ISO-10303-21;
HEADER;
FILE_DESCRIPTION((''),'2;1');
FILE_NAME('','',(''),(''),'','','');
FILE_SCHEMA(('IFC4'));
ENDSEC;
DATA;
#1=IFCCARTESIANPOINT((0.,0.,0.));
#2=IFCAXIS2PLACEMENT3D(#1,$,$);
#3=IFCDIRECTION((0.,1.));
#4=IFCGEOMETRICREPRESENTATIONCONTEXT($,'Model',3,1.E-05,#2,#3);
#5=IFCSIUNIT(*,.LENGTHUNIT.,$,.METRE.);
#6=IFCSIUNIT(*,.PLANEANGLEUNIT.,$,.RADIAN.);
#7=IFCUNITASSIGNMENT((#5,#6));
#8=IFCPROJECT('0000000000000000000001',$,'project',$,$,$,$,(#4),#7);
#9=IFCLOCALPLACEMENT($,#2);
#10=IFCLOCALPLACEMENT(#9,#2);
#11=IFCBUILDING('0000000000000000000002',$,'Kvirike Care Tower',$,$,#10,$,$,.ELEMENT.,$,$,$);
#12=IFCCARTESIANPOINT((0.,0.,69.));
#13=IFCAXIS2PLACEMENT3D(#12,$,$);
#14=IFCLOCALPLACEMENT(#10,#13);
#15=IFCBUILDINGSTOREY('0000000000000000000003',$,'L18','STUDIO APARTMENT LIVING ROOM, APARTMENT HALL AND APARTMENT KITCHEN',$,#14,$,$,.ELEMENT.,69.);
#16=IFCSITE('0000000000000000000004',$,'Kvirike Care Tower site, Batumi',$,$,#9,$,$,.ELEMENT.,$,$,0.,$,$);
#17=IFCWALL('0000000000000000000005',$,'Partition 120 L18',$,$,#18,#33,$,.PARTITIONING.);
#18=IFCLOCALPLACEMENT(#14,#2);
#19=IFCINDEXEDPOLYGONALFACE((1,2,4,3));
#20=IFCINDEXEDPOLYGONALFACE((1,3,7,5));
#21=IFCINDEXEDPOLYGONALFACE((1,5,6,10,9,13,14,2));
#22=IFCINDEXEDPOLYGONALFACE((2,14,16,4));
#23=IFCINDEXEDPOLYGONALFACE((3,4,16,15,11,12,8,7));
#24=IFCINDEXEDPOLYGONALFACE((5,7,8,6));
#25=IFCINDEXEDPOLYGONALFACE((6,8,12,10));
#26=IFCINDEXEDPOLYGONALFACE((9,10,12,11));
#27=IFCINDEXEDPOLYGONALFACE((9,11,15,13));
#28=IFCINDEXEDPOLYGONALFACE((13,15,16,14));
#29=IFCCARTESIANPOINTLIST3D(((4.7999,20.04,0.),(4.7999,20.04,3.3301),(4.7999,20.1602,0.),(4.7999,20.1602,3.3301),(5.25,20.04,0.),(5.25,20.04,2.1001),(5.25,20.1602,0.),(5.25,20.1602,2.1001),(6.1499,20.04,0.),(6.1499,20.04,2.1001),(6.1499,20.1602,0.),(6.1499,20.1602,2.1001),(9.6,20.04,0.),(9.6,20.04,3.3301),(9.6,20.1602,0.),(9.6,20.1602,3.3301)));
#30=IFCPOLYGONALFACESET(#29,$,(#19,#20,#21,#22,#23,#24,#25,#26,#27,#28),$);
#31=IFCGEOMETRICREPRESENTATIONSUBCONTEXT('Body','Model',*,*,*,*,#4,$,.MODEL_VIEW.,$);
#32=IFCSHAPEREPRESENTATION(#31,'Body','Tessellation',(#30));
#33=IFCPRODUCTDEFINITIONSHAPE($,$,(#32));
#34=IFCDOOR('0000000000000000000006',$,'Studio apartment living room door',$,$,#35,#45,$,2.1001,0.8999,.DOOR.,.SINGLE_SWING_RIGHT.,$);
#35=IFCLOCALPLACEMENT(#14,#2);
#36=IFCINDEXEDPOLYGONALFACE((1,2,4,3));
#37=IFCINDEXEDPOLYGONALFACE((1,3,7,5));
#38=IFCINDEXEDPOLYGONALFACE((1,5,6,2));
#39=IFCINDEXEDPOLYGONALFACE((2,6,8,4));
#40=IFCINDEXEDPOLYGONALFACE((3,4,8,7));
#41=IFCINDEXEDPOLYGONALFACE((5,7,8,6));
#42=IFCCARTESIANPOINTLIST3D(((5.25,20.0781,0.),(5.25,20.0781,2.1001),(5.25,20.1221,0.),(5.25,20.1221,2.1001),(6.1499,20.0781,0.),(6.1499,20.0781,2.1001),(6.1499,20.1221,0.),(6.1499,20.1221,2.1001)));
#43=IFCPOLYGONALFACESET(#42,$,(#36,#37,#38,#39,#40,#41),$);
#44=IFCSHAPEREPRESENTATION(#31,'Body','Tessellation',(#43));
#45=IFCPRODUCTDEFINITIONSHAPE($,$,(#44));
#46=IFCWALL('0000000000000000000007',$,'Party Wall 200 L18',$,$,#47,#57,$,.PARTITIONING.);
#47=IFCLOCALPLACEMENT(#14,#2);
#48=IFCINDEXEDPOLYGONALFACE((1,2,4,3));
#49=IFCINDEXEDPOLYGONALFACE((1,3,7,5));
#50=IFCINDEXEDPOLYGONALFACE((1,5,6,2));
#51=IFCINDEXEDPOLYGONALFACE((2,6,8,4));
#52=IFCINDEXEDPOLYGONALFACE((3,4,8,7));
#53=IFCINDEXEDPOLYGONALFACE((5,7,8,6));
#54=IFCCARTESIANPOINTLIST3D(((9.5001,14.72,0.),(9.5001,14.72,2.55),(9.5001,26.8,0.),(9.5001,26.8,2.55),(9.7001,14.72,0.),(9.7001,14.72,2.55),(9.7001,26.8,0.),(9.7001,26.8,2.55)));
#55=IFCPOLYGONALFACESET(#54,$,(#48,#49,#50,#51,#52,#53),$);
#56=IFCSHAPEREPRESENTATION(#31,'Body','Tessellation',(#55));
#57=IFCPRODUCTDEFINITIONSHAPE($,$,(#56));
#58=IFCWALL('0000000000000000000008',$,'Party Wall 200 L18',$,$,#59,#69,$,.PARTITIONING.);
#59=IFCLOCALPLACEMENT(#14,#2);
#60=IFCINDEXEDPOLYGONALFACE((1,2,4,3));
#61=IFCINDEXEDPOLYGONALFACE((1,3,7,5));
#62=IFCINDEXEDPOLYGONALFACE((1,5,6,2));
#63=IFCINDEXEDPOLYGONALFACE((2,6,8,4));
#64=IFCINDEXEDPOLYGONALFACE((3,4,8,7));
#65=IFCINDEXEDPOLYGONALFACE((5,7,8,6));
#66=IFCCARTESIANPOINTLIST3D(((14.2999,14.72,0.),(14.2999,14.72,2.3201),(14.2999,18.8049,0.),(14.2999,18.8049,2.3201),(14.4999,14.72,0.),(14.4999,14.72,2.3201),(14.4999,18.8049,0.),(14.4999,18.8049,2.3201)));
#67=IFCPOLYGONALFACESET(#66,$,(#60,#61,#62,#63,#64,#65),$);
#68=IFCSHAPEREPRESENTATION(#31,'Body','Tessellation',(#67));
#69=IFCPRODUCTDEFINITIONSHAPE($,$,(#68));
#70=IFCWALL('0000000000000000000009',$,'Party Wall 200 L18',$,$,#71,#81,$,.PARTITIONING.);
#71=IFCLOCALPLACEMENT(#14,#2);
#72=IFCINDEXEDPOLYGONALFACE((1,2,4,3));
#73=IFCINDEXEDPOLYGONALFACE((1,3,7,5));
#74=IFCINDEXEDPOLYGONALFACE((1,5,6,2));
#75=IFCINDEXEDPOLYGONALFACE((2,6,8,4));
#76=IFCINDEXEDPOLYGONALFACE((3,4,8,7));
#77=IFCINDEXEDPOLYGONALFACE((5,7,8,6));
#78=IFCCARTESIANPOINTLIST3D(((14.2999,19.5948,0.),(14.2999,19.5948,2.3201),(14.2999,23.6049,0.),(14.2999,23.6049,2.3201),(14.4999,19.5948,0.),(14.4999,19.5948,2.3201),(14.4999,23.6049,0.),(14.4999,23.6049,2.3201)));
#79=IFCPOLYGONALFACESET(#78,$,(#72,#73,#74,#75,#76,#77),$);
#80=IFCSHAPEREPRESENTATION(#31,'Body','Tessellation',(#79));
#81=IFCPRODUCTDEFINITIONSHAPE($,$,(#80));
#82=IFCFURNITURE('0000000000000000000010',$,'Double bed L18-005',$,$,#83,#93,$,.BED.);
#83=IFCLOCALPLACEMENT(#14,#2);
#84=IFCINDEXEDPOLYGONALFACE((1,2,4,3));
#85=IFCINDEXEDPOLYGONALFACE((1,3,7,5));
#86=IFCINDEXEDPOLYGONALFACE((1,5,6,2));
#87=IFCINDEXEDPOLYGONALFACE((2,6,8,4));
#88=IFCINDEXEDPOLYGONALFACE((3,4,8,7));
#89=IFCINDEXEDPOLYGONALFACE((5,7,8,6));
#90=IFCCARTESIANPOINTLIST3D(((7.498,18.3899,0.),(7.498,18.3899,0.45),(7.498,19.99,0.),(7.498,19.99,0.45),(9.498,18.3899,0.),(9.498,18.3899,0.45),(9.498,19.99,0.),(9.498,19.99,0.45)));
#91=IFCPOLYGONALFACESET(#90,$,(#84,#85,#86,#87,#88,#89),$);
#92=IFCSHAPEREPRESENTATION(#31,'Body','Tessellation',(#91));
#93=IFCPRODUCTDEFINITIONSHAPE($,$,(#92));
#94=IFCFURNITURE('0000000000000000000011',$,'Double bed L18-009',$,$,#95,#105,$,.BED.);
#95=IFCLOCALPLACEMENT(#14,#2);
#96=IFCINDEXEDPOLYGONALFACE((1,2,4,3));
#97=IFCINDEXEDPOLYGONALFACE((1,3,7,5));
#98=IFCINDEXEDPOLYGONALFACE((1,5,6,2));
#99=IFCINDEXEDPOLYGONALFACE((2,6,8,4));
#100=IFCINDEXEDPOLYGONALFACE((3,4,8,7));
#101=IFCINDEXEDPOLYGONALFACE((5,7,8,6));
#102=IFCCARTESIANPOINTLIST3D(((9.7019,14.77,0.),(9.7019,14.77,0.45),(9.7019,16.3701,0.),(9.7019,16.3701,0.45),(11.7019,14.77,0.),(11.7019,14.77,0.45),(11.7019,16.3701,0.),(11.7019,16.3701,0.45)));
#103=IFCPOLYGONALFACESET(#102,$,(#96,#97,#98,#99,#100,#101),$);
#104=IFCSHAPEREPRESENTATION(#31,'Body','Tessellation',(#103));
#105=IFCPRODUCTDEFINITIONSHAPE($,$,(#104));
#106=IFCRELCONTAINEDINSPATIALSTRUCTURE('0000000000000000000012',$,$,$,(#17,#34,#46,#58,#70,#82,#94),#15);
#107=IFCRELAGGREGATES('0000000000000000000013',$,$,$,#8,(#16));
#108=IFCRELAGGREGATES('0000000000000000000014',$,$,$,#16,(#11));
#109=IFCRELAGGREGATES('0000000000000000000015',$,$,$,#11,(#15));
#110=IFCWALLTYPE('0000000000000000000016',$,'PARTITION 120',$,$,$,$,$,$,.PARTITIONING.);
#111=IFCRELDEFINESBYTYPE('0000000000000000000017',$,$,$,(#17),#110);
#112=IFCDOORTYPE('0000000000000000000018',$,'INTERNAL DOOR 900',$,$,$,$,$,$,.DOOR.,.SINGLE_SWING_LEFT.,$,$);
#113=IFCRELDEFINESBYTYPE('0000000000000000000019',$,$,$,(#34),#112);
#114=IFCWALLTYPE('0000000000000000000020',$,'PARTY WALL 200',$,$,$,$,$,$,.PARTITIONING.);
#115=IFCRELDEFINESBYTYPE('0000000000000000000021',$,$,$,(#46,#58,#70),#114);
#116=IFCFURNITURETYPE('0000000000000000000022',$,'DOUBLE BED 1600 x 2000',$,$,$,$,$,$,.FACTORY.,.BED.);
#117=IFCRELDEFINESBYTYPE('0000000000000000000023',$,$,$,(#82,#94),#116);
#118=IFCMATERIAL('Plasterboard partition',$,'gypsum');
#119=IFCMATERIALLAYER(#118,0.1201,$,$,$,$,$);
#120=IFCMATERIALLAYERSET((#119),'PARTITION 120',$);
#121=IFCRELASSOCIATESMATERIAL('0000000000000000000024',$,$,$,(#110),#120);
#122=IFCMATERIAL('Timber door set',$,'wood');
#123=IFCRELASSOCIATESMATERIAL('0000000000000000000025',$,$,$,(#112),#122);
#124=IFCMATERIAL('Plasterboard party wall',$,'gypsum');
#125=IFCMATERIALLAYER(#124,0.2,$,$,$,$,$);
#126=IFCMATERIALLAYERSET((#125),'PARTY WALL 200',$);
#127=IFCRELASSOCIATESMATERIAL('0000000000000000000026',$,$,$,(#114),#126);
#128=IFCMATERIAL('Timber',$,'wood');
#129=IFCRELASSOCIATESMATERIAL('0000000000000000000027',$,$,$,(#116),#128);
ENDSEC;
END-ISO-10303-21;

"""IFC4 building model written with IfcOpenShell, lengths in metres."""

from ifc_helpers import new_model, si_unit, direction, frame, frame_2d, origin, origin_2d, place, context, subcontext, project, spatial, rectangle, extrude, material, layer, layer_set, type_object, element, fill, save


model = new_model("IFC4")

# Units and contexts
model_context = context("Model", 3, precision=1e-05, world=origin(), true_north=direction((0.0, 1.0)))
body_context = subcontext(model_context, "Body", "Model", "MODEL_VIEW")
ifc_project = project(units=[si_unit("LENGTHUNIT", "METRE"), si_unit("PLANEANGLEUNIT", "RADIAN")], contexts=[model_context])

# Site, building, storey
site_placement = place(None, origin())
site = spatial("IfcSite", under=ifc_project, at=site_placement, Name="Kvirike Care Tower site, Batumi", CompositionType="ELEMENT", RefElevation=0.0)
building_placement = place(site_placement, origin())
building = spatial("IfcBuilding", under=site, at=building_placement, Name="Kvirike Care Tower", CompositionType="ELEMENT")
storey_placement = place(building_placement, frame((0.0, 0.0, 69.0)))
storey = spatial("IfcBuildingStorey", under=building, at=storey_placement, Name="L18", Description="STUDIO APARTMENT LIVING ROOM, APARTMENT HALL AND APARTMENT KITCHEN", CompositionType="ELEMENT", Elevation=69.0)

# Wall, opening, door
ifc_material_1 = material(Name="Plasterboard partition", Category="gypsum")
ifc_layer_1 = layer(ifc_material_1, 0.1201)
ifc_layer_set_1 = layer_set([ifc_layer_1], Name="PARTITION 120")
wall_type_1 = type_object("IfcWallType", Name="PARTITION 120", PredefinedType="PARTITIONING", material=ifc_layer_set_1)
wall_1_placement = place(storey_placement, frame((4.8, 20.1001, 0.0), z_axis=(0.0, 0.0, 1.0), x_axis=(1.0, 0.0, 0.0)))
wall_1 = element("IfcWall", 1, at=wall_1_placement, inside=storey, type_object=wall_type_1, Name="Partition 120 L18", PredefinedType="PARTITIONING", context=body_context, shape_type="SweptSolid", body=[
    extrude(rectangle(XDim=4.8, YDim=0.1201, at=frame_2d((2.3999, 0.0))), origin(), (0.0, 0.0, 1.0), 3.3301),
])
opening_placement = place(wall_1_placement, frame((0.45, 0.0, 0.0)))
opening = element("IfcOpeningElement", 2, at=opening_placement, cuts=wall_1, PredefinedType="OPENING", context=body_context, shape_type="SweptSolid", body=[
    extrude(rectangle(XDim=0.8999, YDim=2.1001, at=frame_2d((0.45, 1.05))), frame((0.0, 0.0706, 0.0), z_axis=(0.0, -1.0, 0.0), x_axis=(1.0, 0.0, 0.0)), (0.0, 0.0, 1.0), 0.1411),
])
ifc_material_2 = material(Name="Timber door set", Category="wood")
door_type = type_object("IfcDoorType", Name="INTERNAL DOOR 900", OperationType="SINGLE_SWING_LEFT", PredefinedType="DOOR", material=ifc_material_2)
door_placement = place(opening_placement, origin())
door = element("IfcDoor", 3, at=door_placement, inside=storey, type_object=door_type, Name="Studio apartment living room door", OperationType="SINGLE_SWING_RIGHT", OverallHeight=2.1001, OverallWidth=0.8999, PredefinedType="DOOR", context=body_context, shape_type="SweptSolid", body=[
    extrude(rectangle(XDim=0.8999, YDim=2.1001, at=frame_2d((0.45, 1.05))), frame((0.0, 0.022, 0.0), z_axis=(0.0, -1.0, 0.0), x_axis=(1.0, 0.0, 0.0)), (0.0, 0.0, 1.0), 0.0439),
])
fill(opening, door)

# Walls
ifc_material_3 = material(Name="Plasterboard party wall", Category="gypsum")
ifc_layer_2 = layer(ifc_material_3, 0.2)
ifc_layer_set_2 = layer_set([ifc_layer_2], Name="PARTY WALL 200")
wall_type_2 = type_object("IfcWallType", Name="PARTY WALL 200", PredefinedType="PARTITIONING", material=ifc_layer_set_2)
wall_2_placement = place(storey_placement, frame((9.6001, 14.72, 0.0), z_axis=(0.0, 0.0, 1.0), x_axis=(0.0, 1.0, 0.0)))
element("IfcWall", 4, at=wall_2_placement, inside=storey, type_object=wall_type_2, Name="Party Wall 200 L18", PredefinedType="PARTITIONING", context=body_context, shape_type="SweptSolid", body=[
    extrude(rectangle(XDim=12.0801, YDim=0.2, at=frame_2d((6.04, 0.0))), origin(), (0.0, 0.0, 1.0), 2.55),
])
wall_3_placement = place(storey_placement, frame((14.3999, 14.72, 0.0), z_axis=(0.0, 0.0, 1.0), x_axis=(0.0, 1.0, 0.0)))
element("IfcWall", 5, at=wall_3_placement, inside=storey, type_object=wall_type_2, Name="Party Wall 200 L18", PredefinedType="PARTITIONING", context=body_context, shape_type="SweptSolid", body=[
    extrude(rectangle(XDim=4.085, YDim=0.2, at=frame_2d((2.0425, 0.0))), origin(), (0.0, 0.0, 1.0), 2.3201),
])
wall_4_placement = place(storey_placement, frame((14.3999, 19.595, 0.0), z_axis=(0.0, 0.0, 1.0), x_axis=(0.0, 1.0, 0.0)))
element("IfcWall", 6, at=wall_4_placement, inside=storey, type_object=wall_type_2, Name="Party Wall 200 L18", PredefinedType="PARTITIONING", context=body_context, shape_type="SweptSolid", body=[
    extrude(rectangle(XDim=4.01, YDim=0.2, at=frame_2d((2.0049, 0.0))), origin(), (0.0, 0.0, 1.0), 2.3201),
])

# Furniture
ifc_material_4 = material(Name="Timber", Category="wood")
furniture_type = type_object("IfcFurnitureType", Name="DOUBLE BED 1600 x 2000", AssemblyPlace="FACTORY", PredefinedType="BED", material=ifc_material_4)
for number, where, z_axis, x_axis, name in (
    (7, (8.498, 19.1899, 0.0), (0.0, 0.0, 1.0), (0.0, -1.0, 0.0), "Double bed L18-005"),
    (8, (10.7019, 15.5701, 0.0), (0.0, 0.0, 1.0), (0.0, 1.0, 0.0), "Double bed L18-009"),
):
    element("IfcFurniture", number, at=place(storey_placement, frame(where, z_axis=z_axis, x_axis=x_axis)), inside=storey, type_object=furniture_type, Name=name, PredefinedType="BED", context=body_context, shape_type="SweptSolid", body=[
        extrude(rectangle(XDim=1.6001, YDim=2.0, at=origin_2d()), origin(), (0.0, 0.0, 1.0), 0.45),
    ])

save(model, "model.ifc")
